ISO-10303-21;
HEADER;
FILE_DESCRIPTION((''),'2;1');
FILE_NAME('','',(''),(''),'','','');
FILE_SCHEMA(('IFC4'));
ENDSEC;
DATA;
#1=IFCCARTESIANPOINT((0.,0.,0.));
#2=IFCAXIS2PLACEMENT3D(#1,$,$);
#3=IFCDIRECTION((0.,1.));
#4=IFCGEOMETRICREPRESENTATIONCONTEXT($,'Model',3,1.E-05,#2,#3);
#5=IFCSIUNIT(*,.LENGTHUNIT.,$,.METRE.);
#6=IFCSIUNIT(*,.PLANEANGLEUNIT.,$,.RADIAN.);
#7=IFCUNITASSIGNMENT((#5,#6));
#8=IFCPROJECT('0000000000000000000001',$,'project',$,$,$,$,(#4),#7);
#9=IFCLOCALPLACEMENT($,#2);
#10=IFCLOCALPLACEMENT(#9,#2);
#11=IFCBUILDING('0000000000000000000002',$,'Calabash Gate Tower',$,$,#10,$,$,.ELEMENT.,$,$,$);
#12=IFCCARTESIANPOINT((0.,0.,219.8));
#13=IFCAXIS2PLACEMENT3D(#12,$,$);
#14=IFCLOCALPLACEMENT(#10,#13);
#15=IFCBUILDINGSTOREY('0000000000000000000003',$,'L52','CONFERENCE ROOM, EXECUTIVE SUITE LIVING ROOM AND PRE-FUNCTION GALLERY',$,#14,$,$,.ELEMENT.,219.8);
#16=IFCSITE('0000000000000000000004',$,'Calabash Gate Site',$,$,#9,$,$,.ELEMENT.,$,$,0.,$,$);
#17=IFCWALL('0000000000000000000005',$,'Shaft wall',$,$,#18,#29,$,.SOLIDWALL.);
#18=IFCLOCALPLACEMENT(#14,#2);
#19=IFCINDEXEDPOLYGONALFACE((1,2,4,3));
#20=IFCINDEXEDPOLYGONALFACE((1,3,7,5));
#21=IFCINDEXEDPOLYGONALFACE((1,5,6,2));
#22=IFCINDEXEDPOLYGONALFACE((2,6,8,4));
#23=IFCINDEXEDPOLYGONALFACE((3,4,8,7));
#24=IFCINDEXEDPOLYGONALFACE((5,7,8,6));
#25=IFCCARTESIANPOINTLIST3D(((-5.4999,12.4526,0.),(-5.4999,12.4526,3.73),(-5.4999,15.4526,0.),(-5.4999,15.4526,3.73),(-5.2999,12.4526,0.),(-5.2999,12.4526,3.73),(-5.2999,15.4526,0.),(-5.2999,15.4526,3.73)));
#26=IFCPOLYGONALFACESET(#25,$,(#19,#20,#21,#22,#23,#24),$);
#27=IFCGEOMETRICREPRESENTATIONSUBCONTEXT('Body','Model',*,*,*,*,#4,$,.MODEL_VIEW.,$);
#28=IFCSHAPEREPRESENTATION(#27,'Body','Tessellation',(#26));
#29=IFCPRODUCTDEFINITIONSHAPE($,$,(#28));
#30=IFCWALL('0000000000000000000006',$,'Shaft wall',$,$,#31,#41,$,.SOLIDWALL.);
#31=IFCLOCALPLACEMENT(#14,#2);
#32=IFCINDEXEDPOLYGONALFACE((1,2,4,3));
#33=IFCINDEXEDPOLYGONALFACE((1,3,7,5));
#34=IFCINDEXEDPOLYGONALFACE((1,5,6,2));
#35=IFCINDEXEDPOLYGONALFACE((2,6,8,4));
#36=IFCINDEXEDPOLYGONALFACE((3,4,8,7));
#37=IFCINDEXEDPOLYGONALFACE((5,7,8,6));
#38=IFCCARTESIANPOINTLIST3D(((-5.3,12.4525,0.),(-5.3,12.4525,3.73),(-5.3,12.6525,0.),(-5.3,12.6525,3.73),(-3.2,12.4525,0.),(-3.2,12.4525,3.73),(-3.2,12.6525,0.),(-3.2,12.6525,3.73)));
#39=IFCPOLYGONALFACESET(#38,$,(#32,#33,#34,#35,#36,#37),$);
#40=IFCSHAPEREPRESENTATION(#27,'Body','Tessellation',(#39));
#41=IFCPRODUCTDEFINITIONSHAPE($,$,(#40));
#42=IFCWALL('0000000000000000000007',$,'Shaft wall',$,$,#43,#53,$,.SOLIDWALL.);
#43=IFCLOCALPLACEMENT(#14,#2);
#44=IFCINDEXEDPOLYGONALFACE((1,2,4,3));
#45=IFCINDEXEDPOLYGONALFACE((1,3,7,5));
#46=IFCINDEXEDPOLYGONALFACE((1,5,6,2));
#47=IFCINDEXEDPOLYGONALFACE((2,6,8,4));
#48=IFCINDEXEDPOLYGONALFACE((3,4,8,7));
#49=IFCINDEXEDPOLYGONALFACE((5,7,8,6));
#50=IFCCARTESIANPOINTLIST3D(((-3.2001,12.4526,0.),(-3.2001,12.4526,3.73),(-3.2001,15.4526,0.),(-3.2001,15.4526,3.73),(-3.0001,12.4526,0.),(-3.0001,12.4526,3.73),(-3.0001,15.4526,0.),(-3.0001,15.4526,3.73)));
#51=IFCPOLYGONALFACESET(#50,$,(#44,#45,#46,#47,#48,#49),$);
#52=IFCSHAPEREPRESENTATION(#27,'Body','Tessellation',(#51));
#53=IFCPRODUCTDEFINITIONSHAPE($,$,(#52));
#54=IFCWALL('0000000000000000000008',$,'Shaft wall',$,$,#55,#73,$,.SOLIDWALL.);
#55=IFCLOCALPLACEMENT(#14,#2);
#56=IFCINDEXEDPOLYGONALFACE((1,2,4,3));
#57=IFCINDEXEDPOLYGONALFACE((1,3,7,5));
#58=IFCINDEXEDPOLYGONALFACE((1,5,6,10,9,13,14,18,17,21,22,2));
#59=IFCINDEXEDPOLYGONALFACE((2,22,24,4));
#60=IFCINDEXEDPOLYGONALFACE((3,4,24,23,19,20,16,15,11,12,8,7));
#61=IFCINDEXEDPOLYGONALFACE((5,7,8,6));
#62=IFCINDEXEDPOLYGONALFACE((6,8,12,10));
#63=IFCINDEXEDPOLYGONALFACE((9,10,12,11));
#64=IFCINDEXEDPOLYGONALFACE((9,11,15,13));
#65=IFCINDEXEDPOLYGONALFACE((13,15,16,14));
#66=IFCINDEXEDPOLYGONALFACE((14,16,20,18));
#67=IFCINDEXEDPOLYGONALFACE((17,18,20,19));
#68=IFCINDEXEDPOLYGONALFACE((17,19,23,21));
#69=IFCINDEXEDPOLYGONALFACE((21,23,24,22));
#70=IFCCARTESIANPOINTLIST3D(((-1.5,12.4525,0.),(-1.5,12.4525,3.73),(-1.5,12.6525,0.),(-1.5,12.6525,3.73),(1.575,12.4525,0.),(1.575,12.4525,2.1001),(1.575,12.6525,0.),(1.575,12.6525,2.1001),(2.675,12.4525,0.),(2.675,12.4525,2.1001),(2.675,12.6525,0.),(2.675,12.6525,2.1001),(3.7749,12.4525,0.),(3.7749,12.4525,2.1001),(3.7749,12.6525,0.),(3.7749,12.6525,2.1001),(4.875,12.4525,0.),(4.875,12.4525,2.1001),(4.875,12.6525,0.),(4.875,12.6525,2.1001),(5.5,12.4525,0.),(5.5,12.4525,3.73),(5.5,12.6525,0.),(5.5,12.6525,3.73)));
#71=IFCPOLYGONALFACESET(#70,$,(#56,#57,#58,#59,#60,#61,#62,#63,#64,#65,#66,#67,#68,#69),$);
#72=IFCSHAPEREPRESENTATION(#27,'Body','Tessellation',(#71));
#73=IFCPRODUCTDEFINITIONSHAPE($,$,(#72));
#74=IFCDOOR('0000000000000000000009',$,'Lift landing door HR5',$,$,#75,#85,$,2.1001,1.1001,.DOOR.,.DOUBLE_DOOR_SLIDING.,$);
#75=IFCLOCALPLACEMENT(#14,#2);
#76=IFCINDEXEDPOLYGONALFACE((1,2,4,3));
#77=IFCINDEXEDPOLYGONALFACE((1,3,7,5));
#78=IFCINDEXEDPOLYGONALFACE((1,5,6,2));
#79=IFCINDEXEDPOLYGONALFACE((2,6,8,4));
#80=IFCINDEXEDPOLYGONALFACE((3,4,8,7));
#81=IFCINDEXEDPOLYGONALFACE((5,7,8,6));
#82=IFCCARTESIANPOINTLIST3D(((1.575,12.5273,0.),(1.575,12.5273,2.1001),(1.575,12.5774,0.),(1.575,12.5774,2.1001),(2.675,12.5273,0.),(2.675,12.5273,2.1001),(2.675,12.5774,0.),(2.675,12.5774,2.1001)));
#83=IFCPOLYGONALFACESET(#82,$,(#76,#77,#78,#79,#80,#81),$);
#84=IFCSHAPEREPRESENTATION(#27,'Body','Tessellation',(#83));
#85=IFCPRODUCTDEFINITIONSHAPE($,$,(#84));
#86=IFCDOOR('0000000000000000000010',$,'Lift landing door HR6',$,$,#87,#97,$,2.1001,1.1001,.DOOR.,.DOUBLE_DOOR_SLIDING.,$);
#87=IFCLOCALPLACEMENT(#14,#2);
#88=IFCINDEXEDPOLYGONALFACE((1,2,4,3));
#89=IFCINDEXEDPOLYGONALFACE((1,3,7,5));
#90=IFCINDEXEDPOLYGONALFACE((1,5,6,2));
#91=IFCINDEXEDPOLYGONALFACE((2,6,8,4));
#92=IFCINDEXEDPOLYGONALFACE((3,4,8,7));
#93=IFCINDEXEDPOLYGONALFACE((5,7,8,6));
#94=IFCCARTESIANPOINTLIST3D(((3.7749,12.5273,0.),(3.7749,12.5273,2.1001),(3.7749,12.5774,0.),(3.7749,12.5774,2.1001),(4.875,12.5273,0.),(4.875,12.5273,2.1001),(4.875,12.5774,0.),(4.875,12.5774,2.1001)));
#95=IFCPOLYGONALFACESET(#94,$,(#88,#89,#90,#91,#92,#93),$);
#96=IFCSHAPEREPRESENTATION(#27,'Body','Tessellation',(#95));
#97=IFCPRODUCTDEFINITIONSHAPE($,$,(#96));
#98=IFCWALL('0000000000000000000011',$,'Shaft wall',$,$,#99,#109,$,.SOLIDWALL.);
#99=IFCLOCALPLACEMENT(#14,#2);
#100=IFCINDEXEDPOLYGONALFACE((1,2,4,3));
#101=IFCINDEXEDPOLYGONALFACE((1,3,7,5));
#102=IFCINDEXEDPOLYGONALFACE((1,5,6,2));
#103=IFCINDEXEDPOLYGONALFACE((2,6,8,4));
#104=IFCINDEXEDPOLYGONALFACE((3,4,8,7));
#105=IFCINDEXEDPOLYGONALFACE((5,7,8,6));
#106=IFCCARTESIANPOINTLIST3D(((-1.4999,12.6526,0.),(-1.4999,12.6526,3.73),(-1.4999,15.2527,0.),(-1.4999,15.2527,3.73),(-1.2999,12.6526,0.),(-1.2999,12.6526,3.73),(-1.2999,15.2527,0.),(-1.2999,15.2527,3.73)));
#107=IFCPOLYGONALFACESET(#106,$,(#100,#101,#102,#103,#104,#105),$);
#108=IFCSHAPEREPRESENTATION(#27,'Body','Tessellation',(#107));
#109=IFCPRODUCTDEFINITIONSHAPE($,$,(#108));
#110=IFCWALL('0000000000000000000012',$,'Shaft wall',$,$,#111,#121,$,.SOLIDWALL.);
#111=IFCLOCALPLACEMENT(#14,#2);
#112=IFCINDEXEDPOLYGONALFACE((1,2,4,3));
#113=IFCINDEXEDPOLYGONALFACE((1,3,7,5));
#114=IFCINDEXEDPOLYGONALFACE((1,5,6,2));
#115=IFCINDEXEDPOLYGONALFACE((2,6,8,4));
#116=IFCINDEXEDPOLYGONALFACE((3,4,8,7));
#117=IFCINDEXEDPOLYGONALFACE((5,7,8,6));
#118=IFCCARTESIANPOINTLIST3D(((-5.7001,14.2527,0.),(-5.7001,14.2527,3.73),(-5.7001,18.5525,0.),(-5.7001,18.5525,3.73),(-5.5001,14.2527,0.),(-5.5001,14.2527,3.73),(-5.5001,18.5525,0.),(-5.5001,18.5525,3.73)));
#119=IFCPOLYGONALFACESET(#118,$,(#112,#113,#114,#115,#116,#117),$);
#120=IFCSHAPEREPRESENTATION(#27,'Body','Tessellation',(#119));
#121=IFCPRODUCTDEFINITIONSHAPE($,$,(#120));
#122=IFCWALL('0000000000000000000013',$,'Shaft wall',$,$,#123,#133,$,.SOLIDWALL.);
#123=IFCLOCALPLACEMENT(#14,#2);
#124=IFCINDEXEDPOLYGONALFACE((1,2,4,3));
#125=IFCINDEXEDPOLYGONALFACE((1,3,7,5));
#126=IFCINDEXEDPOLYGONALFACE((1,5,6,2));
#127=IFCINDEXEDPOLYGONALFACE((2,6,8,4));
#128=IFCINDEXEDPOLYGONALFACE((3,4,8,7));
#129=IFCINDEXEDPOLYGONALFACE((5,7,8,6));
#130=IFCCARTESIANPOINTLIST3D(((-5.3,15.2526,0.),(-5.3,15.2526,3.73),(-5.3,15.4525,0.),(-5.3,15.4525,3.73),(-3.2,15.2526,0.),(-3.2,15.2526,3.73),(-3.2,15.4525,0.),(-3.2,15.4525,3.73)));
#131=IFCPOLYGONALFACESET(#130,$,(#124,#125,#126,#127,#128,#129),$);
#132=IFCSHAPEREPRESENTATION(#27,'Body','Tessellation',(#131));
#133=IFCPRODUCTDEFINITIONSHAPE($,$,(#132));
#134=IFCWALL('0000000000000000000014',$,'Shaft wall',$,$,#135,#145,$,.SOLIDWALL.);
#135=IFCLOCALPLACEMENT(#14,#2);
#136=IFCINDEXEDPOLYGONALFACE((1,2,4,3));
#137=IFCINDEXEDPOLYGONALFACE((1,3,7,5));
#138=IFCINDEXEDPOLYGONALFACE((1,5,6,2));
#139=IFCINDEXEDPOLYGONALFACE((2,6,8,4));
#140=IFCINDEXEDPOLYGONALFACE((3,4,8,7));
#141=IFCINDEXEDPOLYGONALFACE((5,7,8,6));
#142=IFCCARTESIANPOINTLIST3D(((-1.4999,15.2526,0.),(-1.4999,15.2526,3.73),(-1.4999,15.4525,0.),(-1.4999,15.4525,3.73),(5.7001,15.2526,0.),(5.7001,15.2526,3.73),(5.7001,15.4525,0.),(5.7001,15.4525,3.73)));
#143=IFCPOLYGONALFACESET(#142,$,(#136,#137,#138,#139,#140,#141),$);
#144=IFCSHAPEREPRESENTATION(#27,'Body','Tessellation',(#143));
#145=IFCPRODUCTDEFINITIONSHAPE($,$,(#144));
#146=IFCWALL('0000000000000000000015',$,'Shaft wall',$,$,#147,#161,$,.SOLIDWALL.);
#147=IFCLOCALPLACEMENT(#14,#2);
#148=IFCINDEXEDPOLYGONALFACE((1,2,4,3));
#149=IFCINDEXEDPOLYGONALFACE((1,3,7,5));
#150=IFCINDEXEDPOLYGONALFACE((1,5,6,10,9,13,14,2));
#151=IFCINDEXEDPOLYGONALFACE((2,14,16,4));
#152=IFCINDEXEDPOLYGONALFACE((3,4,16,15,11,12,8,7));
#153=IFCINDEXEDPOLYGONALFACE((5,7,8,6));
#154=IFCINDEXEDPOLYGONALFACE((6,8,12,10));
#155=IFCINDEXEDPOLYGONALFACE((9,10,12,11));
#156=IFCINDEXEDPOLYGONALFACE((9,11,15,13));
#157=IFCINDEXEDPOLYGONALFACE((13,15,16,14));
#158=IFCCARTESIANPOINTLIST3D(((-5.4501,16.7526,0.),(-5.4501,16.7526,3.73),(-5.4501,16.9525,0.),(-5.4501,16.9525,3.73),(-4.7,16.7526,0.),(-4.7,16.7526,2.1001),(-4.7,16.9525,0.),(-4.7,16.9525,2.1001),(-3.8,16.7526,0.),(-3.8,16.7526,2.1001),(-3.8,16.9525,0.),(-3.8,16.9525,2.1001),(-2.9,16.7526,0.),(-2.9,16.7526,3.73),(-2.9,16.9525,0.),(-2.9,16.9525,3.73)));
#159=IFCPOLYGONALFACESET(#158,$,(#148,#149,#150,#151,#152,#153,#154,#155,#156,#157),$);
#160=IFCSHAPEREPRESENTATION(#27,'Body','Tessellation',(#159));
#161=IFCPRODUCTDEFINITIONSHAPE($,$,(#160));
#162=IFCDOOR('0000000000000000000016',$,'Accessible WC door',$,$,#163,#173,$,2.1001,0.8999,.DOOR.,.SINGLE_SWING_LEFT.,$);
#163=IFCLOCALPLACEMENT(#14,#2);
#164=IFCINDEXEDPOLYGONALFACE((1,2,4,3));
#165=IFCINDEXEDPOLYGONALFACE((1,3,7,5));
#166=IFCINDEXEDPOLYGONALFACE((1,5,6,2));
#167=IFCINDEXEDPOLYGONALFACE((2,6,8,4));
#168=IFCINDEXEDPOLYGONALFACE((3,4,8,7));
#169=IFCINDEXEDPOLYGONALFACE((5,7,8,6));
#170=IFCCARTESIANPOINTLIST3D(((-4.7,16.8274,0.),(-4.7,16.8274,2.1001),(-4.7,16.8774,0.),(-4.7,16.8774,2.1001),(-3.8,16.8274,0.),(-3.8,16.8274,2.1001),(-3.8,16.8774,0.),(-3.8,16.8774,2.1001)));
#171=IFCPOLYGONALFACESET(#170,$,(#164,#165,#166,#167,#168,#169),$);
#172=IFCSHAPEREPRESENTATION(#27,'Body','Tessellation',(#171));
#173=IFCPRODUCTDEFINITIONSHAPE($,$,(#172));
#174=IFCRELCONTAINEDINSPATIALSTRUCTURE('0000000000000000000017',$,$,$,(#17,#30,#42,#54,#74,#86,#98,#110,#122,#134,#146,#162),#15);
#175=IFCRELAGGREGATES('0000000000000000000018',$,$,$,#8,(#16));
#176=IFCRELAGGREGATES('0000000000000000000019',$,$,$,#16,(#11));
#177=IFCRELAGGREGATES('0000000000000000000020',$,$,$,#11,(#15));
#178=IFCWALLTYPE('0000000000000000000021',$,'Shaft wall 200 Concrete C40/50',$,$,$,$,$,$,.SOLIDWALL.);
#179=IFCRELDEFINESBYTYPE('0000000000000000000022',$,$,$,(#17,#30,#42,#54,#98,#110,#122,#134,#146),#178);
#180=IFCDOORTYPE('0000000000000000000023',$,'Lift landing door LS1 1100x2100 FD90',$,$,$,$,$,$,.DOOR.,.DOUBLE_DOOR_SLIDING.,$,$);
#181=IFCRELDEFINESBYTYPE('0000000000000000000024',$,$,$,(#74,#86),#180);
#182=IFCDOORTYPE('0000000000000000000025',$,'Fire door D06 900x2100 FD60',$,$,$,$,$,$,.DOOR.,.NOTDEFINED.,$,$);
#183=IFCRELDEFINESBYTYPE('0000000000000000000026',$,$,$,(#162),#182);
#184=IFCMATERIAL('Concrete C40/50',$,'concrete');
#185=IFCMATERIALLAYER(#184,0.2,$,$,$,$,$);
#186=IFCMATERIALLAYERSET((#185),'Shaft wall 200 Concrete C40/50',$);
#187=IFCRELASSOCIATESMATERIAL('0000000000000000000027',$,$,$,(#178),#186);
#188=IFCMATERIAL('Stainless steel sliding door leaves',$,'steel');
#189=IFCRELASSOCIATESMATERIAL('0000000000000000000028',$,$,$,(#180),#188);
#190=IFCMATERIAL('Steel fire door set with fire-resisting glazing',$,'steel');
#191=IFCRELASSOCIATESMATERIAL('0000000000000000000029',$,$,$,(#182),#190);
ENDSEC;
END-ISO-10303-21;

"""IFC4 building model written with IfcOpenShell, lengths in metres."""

from ifc_helpers import new_model, si_unit, direction, frame, frame_2d, origin, place, context, subcontext, project, spatial, rectangle, extrude, material, layer, layer_set, type_object, element, fill, save


model = new_model("IFC4")

# Units and contexts
model_context = context("Model", 3, precision=1e-05, world=origin(), true_north=direction((0.0, 1.0)))
body_context = subcontext(model_context, "Body", "Model", "MODEL_VIEW")
ifc_project = project(units=[si_unit("LENGTHUNIT", "METRE"), si_unit("PLANEANGLEUNIT", "RADIAN")], contexts=[model_context])

# Site, building, storey
site_placement = place(None, origin())
site = spatial("IfcSite", under=ifc_project, at=site_placement, Name="Calabash Gate Site", CompositionType="ELEMENT", RefElevation=0.0)
building_placement = place(site_placement, origin())
building = spatial("IfcBuilding", under=site, at=building_placement, Name="Calabash Gate Tower", CompositionType="ELEMENT")
storey_placement = place(building_placement, frame((0.0, 0.0, 219.8)))
storey = spatial("IfcBuildingStorey", under=building, at=storey_placement, Name="L52", Description="CONFERENCE ROOM, EXECUTIVE SUITE LIVING ROOM AND PRE-FUNCTION GALLERY", CompositionType="ELEMENT", Elevation=219.8)

# Shared definitions
ifc_material_1 = material(Name="Concrete C40/50", Category="concrete")
ifc_layer_1 = layer(ifc_material_1, 0.2)
ifc_layer_set_1 = layer_set([ifc_layer_1], Name="Shaft wall 200 Concrete C40/50")
wall_type_1 = type_object("IfcWallType", Name="Shaft wall 200 Concrete C40/50", PredefinedType="SOLIDWALL", material=ifc_layer_set_1)

# Shared definitions
ifc_material_2 = material(Name="Stainless steel sliding door leaves", Category="steel")
door_type_1 = type_object("IfcDoorType", Name="Lift landing door LS1 1100x2100 FD90", OperationType="DOUBLE_DOOR_SLIDING", PredefinedType="DOOR", material=ifc_material_2)

# Shared definitions
ifc_material_3 = material(Name="Steel fire door set with fire-resisting glazing", Category="steel")
door_type_2 = type_object("IfcDoorType", Name="Fire door D06 900x2100 FD60", OperationType="NOTDEFINED", PredefinedType="DOOR", material=ifc_material_3)

# Walls
wall_1_placement = place(storey_placement, frame((-5.3999, 12.4526, 0.0), z_axis=(0.0, 0.0, 1.0), x_axis=(0.0, 1.0, 0.0)))
element("IfcWall", 1, at=wall_1_placement, inside=storey, type_object=wall_type_1, Name="Shaft wall", PredefinedType="SOLIDWALL", context=body_context, shape_type="SweptSolid", body=[
    extrude(rectangle(XDim=3.0, YDim=0.2, at=frame_2d((1.5, 0.0))), origin(), (0.0, 0.0, 1.0), 3.73),
])
wall_2_placement = place(storey_placement, frame((-5.3, 12.5525, 0.0), z_axis=(0.0, 0.0, 1.0), x_axis=(1.0, 0.0, 0.0)))
element("IfcWall", 2, at=wall_2_placement, inside=storey, type_object=wall_type_1, Name="Shaft wall", PredefinedType="SOLIDWALL", context=body_context, shape_type="SweptSolid", body=[
    extrude(rectangle(XDim=2.1001, YDim=0.2, at=frame_2d((1.05, 0.0))), origin(), (0.0, 0.0, 1.0), 3.73),
])
wall_3_placement = place(storey_placement, frame((-3.1001, 12.4526, 0.0), z_axis=(0.0, 0.0, 1.0), x_axis=(0.0, 1.0, 0.0)))
element("IfcWall", 3, at=wall_3_placement, inside=storey, type_object=wall_type_1, Name="Shaft wall", PredefinedType="SOLIDWALL", context=body_context, shape_type="SweptSolid", body=[
    extrude(rectangle(XDim=3.0, YDim=0.2, at=frame_2d((1.5, 0.0))), origin(), (0.0, 0.0, 1.0), 3.73),
])

# Wall, openings, doors
wall_4_placement = place(storey_placement, frame((-1.5, 12.5525, 0.0), z_axis=(0.0, 0.0, 1.0), x_axis=(1.0, 0.0, 0.0)))
wall_4 = element("IfcWall", 4, at=wall_4_placement, inside=storey, type_object=wall_type_1, Name="Shaft wall", PredefinedType="SOLIDWALL", context=body_context, shape_type="SweptSolid", body=[
    extrude(rectangle(XDim=7.0, YDim=0.2, at=frame_2d((3.5, 0.0))), origin(), (0.0, 0.0, 1.0), 3.73),
])
opening_1_placement = place(wall_4_placement, frame((3.075, 0.0, 0.0)))
opening_1 = element("IfcOpeningElement", 5, at=opening_1_placement, cuts=wall_4, PredefinedType="OPENING", context=body_context, shape_type="SweptSolid", body=[
    extrude(rectangle(XDim=1.1001, YDim=2.1001, at=frame_2d((0.55, 1.05))), frame((0.0, 0.1099, 0.0), z_axis=(0.0, -1.0, 0.0), x_axis=(1.0, 0.0, 0.0)), (0.0, 0.0, 1.0), 0.22),
])
opening_2_placement = place(wall_4_placement, frame((5.2749, 0.0, 0.0)))
opening_2 = element("IfcOpeningElement", 6, at=opening_2_placement, cuts=wall_4, PredefinedType="OPENING", context=body_context, shape_type="SweptSolid", body=[
    extrude(rectangle(XDim=1.1001, YDim=2.1001, at=frame_2d((0.55, 1.05))), frame((0.0, 0.1099, 0.0), z_axis=(0.0, -1.0, 0.0), x_axis=(1.0, 0.0, 0.0)), (0.0, 0.0, 1.0), 0.22),
])
door_1_placement = place(opening_1_placement, origin())
door_1 = element("IfcDoor", 7, at=door_1_placement, inside=storey, type_object=door_type_1, Name="Lift landing door HR5", OperationType="DOUBLE_DOOR_SLIDING", OverallHeight=2.1001, OverallWidth=1.1001, PredefinedType="DOOR", context=body_context, shape_type="SweptSolid", body=[
    extrude(rectangle(XDim=1.1001, YDim=2.1001, at=frame_2d((0.55, 1.05))), frame((0.0, 0.0249, 0.0), z_axis=(0.0, -1.0, 0.0), x_axis=(1.0, 0.0, 0.0)), (0.0, 0.0, 1.0), 0.05),
])
fill(opening_1, door_1)
door_2_placement = place(opening_2_placement, origin())
door_2 = element("IfcDoor", 8, at=door_2_placement, inside=storey, type_object=door_type_1, Name="Lift landing door HR6", OperationType="DOUBLE_DOOR_SLIDING", OverallHeight=2.1001, OverallWidth=1.1001, PredefinedType="DOOR", context=body_context, shape_type="SweptSolid", body=[
    extrude(rectangle(XDim=1.1001, YDim=2.1001, at=frame_2d((0.55, 1.05))), frame((0.0, 0.0249, 0.0), z_axis=(0.0, -1.0, 0.0), x_axis=(1.0, 0.0, 0.0)), (0.0, 0.0, 1.0), 0.05),
])
fill(opening_2, door_2)

# Walls
wall_5_placement = place(storey_placement, frame((-1.3999, 12.6526, 0.0), z_axis=(0.0, 0.0, 1.0), x_axis=(0.0, 1.0, 0.0)))
element("IfcWall", 9, at=wall_5_placement, inside=storey, type_object=wall_type_1, Name="Shaft wall", PredefinedType="SOLIDWALL", context=body_context, shape_type="SweptSolid", body=[
    extrude(rectangle(XDim=2.6001, YDim=0.2, at=frame_2d((1.3, 0.0))), origin(), (0.0, 0.0, 1.0), 3.73),
])
wall_6_placement = place(storey_placement, frame((-5.6001, 14.2527, 0.0), z_axis=(0.0, 0.0, 1.0), x_axis=(0.0, 1.0, 0.0)))
element("IfcWall", 10, at=wall_6_placement, inside=storey, type_object=wall_type_1, Name="Shaft wall", PredefinedType="SOLIDWALL", context=body_context, shape_type="SweptSolid", body=[
    extrude(rectangle(XDim=4.2998, YDim=0.2, at=frame_2d((2.1499, 0.0))), origin(), (0.0, 0.0, 1.0), 3.73),
])
wall_7_placement = place(storey_placement, frame((-5.3, 15.3525, 0.0), z_axis=(0.0, 0.0, 1.0), x_axis=(1.0, 0.0, 0.0)))
element("IfcWall", 11, at=wall_7_placement, inside=storey, type_object=wall_type_1, Name="Shaft wall", PredefinedType="SOLIDWALL", context=body_context, shape_type="SweptSolid", body=[
    extrude(rectangle(XDim=2.1001, YDim=0.2, at=frame_2d((1.05, 0.0))), origin(), (0.0, 0.0, 1.0), 3.73),
])
wall_8_placement = place(storey_placement, frame((-1.5, 15.3525, 0.0), z_axis=(0.0, 0.0, 1.0), x_axis=(1.0, 0.0, 0.0)))
element("IfcWall", 12, at=wall_8_placement, inside=storey, type_object=wall_type_1, Name="Shaft wall", PredefinedType="SOLIDWALL", context=body_context, shape_type="SweptSolid", body=[
    extrude(rectangle(XDim=7.2, YDim=0.2, at=frame_2d((3.6001, 0.0))), origin(), (0.0, 0.0, 1.0), 3.73),
])

# Wall, opening, door
wall_9_placement = place(storey_placement, frame((-5.45, 16.8525, 0.0), z_axis=(0.0, 0.0, 1.0), x_axis=(1.0, 0.0, 0.0)))
wall_9 = element("IfcWall", 13, at=wall_9_placement, inside=storey, type_object=wall_type_1, Name="Shaft wall", PredefinedType="SOLIDWALL", context=body_context, shape_type="SweptSolid", body=[
    extrude(rectangle(XDim=2.55, YDim=0.2, at=frame_2d((1.2749, 0.0))), origin(), (0.0, 0.0, 1.0), 3.73),
])
opening_3_placement = place(wall_9_placement, frame((0.75, 0.0, 0.0)))
opening_3 = element("IfcOpeningElement", 14, at=opening_3_placement, cuts=wall_9, PredefinedType="OPENING", context=body_context, shape_type="SweptSolid", body=[
    extrude(rectangle(XDim=0.8999, YDim=2.1001, at=frame_2d((0.45, 1.05))), frame((0.0, 0.1099, 0.0), z_axis=(0.0, -1.0, 0.0), x_axis=(1.0, 0.0, 0.0)), (0.0, 0.0, 1.0), 0.22),
])
door_3_placement = place(opening_3_placement, origin())
door_3 = element("IfcDoor", 15, at=door_3_placement, inside=storey, type_object=door_type_2, Name="Accessible WC door", OperationType="SINGLE_SWING_LEFT", OverallHeight=2.1001, OverallWidth=0.8999, PredefinedType="DOOR", context=body_context, shape_type="SweptSolid", body=[
    extrude(rectangle(XDim=0.8999, YDim=2.1001, at=frame_2d((0.45, 1.05))), frame((0.0, 0.0249, 0.0), z_axis=(0.0, -1.0, 0.0), x_axis=(1.0, 0.0, 0.0)), (0.0, 0.0, 1.0), 0.05),
])
fill(opening_3, door_3)

save(model, "model.ifc")
